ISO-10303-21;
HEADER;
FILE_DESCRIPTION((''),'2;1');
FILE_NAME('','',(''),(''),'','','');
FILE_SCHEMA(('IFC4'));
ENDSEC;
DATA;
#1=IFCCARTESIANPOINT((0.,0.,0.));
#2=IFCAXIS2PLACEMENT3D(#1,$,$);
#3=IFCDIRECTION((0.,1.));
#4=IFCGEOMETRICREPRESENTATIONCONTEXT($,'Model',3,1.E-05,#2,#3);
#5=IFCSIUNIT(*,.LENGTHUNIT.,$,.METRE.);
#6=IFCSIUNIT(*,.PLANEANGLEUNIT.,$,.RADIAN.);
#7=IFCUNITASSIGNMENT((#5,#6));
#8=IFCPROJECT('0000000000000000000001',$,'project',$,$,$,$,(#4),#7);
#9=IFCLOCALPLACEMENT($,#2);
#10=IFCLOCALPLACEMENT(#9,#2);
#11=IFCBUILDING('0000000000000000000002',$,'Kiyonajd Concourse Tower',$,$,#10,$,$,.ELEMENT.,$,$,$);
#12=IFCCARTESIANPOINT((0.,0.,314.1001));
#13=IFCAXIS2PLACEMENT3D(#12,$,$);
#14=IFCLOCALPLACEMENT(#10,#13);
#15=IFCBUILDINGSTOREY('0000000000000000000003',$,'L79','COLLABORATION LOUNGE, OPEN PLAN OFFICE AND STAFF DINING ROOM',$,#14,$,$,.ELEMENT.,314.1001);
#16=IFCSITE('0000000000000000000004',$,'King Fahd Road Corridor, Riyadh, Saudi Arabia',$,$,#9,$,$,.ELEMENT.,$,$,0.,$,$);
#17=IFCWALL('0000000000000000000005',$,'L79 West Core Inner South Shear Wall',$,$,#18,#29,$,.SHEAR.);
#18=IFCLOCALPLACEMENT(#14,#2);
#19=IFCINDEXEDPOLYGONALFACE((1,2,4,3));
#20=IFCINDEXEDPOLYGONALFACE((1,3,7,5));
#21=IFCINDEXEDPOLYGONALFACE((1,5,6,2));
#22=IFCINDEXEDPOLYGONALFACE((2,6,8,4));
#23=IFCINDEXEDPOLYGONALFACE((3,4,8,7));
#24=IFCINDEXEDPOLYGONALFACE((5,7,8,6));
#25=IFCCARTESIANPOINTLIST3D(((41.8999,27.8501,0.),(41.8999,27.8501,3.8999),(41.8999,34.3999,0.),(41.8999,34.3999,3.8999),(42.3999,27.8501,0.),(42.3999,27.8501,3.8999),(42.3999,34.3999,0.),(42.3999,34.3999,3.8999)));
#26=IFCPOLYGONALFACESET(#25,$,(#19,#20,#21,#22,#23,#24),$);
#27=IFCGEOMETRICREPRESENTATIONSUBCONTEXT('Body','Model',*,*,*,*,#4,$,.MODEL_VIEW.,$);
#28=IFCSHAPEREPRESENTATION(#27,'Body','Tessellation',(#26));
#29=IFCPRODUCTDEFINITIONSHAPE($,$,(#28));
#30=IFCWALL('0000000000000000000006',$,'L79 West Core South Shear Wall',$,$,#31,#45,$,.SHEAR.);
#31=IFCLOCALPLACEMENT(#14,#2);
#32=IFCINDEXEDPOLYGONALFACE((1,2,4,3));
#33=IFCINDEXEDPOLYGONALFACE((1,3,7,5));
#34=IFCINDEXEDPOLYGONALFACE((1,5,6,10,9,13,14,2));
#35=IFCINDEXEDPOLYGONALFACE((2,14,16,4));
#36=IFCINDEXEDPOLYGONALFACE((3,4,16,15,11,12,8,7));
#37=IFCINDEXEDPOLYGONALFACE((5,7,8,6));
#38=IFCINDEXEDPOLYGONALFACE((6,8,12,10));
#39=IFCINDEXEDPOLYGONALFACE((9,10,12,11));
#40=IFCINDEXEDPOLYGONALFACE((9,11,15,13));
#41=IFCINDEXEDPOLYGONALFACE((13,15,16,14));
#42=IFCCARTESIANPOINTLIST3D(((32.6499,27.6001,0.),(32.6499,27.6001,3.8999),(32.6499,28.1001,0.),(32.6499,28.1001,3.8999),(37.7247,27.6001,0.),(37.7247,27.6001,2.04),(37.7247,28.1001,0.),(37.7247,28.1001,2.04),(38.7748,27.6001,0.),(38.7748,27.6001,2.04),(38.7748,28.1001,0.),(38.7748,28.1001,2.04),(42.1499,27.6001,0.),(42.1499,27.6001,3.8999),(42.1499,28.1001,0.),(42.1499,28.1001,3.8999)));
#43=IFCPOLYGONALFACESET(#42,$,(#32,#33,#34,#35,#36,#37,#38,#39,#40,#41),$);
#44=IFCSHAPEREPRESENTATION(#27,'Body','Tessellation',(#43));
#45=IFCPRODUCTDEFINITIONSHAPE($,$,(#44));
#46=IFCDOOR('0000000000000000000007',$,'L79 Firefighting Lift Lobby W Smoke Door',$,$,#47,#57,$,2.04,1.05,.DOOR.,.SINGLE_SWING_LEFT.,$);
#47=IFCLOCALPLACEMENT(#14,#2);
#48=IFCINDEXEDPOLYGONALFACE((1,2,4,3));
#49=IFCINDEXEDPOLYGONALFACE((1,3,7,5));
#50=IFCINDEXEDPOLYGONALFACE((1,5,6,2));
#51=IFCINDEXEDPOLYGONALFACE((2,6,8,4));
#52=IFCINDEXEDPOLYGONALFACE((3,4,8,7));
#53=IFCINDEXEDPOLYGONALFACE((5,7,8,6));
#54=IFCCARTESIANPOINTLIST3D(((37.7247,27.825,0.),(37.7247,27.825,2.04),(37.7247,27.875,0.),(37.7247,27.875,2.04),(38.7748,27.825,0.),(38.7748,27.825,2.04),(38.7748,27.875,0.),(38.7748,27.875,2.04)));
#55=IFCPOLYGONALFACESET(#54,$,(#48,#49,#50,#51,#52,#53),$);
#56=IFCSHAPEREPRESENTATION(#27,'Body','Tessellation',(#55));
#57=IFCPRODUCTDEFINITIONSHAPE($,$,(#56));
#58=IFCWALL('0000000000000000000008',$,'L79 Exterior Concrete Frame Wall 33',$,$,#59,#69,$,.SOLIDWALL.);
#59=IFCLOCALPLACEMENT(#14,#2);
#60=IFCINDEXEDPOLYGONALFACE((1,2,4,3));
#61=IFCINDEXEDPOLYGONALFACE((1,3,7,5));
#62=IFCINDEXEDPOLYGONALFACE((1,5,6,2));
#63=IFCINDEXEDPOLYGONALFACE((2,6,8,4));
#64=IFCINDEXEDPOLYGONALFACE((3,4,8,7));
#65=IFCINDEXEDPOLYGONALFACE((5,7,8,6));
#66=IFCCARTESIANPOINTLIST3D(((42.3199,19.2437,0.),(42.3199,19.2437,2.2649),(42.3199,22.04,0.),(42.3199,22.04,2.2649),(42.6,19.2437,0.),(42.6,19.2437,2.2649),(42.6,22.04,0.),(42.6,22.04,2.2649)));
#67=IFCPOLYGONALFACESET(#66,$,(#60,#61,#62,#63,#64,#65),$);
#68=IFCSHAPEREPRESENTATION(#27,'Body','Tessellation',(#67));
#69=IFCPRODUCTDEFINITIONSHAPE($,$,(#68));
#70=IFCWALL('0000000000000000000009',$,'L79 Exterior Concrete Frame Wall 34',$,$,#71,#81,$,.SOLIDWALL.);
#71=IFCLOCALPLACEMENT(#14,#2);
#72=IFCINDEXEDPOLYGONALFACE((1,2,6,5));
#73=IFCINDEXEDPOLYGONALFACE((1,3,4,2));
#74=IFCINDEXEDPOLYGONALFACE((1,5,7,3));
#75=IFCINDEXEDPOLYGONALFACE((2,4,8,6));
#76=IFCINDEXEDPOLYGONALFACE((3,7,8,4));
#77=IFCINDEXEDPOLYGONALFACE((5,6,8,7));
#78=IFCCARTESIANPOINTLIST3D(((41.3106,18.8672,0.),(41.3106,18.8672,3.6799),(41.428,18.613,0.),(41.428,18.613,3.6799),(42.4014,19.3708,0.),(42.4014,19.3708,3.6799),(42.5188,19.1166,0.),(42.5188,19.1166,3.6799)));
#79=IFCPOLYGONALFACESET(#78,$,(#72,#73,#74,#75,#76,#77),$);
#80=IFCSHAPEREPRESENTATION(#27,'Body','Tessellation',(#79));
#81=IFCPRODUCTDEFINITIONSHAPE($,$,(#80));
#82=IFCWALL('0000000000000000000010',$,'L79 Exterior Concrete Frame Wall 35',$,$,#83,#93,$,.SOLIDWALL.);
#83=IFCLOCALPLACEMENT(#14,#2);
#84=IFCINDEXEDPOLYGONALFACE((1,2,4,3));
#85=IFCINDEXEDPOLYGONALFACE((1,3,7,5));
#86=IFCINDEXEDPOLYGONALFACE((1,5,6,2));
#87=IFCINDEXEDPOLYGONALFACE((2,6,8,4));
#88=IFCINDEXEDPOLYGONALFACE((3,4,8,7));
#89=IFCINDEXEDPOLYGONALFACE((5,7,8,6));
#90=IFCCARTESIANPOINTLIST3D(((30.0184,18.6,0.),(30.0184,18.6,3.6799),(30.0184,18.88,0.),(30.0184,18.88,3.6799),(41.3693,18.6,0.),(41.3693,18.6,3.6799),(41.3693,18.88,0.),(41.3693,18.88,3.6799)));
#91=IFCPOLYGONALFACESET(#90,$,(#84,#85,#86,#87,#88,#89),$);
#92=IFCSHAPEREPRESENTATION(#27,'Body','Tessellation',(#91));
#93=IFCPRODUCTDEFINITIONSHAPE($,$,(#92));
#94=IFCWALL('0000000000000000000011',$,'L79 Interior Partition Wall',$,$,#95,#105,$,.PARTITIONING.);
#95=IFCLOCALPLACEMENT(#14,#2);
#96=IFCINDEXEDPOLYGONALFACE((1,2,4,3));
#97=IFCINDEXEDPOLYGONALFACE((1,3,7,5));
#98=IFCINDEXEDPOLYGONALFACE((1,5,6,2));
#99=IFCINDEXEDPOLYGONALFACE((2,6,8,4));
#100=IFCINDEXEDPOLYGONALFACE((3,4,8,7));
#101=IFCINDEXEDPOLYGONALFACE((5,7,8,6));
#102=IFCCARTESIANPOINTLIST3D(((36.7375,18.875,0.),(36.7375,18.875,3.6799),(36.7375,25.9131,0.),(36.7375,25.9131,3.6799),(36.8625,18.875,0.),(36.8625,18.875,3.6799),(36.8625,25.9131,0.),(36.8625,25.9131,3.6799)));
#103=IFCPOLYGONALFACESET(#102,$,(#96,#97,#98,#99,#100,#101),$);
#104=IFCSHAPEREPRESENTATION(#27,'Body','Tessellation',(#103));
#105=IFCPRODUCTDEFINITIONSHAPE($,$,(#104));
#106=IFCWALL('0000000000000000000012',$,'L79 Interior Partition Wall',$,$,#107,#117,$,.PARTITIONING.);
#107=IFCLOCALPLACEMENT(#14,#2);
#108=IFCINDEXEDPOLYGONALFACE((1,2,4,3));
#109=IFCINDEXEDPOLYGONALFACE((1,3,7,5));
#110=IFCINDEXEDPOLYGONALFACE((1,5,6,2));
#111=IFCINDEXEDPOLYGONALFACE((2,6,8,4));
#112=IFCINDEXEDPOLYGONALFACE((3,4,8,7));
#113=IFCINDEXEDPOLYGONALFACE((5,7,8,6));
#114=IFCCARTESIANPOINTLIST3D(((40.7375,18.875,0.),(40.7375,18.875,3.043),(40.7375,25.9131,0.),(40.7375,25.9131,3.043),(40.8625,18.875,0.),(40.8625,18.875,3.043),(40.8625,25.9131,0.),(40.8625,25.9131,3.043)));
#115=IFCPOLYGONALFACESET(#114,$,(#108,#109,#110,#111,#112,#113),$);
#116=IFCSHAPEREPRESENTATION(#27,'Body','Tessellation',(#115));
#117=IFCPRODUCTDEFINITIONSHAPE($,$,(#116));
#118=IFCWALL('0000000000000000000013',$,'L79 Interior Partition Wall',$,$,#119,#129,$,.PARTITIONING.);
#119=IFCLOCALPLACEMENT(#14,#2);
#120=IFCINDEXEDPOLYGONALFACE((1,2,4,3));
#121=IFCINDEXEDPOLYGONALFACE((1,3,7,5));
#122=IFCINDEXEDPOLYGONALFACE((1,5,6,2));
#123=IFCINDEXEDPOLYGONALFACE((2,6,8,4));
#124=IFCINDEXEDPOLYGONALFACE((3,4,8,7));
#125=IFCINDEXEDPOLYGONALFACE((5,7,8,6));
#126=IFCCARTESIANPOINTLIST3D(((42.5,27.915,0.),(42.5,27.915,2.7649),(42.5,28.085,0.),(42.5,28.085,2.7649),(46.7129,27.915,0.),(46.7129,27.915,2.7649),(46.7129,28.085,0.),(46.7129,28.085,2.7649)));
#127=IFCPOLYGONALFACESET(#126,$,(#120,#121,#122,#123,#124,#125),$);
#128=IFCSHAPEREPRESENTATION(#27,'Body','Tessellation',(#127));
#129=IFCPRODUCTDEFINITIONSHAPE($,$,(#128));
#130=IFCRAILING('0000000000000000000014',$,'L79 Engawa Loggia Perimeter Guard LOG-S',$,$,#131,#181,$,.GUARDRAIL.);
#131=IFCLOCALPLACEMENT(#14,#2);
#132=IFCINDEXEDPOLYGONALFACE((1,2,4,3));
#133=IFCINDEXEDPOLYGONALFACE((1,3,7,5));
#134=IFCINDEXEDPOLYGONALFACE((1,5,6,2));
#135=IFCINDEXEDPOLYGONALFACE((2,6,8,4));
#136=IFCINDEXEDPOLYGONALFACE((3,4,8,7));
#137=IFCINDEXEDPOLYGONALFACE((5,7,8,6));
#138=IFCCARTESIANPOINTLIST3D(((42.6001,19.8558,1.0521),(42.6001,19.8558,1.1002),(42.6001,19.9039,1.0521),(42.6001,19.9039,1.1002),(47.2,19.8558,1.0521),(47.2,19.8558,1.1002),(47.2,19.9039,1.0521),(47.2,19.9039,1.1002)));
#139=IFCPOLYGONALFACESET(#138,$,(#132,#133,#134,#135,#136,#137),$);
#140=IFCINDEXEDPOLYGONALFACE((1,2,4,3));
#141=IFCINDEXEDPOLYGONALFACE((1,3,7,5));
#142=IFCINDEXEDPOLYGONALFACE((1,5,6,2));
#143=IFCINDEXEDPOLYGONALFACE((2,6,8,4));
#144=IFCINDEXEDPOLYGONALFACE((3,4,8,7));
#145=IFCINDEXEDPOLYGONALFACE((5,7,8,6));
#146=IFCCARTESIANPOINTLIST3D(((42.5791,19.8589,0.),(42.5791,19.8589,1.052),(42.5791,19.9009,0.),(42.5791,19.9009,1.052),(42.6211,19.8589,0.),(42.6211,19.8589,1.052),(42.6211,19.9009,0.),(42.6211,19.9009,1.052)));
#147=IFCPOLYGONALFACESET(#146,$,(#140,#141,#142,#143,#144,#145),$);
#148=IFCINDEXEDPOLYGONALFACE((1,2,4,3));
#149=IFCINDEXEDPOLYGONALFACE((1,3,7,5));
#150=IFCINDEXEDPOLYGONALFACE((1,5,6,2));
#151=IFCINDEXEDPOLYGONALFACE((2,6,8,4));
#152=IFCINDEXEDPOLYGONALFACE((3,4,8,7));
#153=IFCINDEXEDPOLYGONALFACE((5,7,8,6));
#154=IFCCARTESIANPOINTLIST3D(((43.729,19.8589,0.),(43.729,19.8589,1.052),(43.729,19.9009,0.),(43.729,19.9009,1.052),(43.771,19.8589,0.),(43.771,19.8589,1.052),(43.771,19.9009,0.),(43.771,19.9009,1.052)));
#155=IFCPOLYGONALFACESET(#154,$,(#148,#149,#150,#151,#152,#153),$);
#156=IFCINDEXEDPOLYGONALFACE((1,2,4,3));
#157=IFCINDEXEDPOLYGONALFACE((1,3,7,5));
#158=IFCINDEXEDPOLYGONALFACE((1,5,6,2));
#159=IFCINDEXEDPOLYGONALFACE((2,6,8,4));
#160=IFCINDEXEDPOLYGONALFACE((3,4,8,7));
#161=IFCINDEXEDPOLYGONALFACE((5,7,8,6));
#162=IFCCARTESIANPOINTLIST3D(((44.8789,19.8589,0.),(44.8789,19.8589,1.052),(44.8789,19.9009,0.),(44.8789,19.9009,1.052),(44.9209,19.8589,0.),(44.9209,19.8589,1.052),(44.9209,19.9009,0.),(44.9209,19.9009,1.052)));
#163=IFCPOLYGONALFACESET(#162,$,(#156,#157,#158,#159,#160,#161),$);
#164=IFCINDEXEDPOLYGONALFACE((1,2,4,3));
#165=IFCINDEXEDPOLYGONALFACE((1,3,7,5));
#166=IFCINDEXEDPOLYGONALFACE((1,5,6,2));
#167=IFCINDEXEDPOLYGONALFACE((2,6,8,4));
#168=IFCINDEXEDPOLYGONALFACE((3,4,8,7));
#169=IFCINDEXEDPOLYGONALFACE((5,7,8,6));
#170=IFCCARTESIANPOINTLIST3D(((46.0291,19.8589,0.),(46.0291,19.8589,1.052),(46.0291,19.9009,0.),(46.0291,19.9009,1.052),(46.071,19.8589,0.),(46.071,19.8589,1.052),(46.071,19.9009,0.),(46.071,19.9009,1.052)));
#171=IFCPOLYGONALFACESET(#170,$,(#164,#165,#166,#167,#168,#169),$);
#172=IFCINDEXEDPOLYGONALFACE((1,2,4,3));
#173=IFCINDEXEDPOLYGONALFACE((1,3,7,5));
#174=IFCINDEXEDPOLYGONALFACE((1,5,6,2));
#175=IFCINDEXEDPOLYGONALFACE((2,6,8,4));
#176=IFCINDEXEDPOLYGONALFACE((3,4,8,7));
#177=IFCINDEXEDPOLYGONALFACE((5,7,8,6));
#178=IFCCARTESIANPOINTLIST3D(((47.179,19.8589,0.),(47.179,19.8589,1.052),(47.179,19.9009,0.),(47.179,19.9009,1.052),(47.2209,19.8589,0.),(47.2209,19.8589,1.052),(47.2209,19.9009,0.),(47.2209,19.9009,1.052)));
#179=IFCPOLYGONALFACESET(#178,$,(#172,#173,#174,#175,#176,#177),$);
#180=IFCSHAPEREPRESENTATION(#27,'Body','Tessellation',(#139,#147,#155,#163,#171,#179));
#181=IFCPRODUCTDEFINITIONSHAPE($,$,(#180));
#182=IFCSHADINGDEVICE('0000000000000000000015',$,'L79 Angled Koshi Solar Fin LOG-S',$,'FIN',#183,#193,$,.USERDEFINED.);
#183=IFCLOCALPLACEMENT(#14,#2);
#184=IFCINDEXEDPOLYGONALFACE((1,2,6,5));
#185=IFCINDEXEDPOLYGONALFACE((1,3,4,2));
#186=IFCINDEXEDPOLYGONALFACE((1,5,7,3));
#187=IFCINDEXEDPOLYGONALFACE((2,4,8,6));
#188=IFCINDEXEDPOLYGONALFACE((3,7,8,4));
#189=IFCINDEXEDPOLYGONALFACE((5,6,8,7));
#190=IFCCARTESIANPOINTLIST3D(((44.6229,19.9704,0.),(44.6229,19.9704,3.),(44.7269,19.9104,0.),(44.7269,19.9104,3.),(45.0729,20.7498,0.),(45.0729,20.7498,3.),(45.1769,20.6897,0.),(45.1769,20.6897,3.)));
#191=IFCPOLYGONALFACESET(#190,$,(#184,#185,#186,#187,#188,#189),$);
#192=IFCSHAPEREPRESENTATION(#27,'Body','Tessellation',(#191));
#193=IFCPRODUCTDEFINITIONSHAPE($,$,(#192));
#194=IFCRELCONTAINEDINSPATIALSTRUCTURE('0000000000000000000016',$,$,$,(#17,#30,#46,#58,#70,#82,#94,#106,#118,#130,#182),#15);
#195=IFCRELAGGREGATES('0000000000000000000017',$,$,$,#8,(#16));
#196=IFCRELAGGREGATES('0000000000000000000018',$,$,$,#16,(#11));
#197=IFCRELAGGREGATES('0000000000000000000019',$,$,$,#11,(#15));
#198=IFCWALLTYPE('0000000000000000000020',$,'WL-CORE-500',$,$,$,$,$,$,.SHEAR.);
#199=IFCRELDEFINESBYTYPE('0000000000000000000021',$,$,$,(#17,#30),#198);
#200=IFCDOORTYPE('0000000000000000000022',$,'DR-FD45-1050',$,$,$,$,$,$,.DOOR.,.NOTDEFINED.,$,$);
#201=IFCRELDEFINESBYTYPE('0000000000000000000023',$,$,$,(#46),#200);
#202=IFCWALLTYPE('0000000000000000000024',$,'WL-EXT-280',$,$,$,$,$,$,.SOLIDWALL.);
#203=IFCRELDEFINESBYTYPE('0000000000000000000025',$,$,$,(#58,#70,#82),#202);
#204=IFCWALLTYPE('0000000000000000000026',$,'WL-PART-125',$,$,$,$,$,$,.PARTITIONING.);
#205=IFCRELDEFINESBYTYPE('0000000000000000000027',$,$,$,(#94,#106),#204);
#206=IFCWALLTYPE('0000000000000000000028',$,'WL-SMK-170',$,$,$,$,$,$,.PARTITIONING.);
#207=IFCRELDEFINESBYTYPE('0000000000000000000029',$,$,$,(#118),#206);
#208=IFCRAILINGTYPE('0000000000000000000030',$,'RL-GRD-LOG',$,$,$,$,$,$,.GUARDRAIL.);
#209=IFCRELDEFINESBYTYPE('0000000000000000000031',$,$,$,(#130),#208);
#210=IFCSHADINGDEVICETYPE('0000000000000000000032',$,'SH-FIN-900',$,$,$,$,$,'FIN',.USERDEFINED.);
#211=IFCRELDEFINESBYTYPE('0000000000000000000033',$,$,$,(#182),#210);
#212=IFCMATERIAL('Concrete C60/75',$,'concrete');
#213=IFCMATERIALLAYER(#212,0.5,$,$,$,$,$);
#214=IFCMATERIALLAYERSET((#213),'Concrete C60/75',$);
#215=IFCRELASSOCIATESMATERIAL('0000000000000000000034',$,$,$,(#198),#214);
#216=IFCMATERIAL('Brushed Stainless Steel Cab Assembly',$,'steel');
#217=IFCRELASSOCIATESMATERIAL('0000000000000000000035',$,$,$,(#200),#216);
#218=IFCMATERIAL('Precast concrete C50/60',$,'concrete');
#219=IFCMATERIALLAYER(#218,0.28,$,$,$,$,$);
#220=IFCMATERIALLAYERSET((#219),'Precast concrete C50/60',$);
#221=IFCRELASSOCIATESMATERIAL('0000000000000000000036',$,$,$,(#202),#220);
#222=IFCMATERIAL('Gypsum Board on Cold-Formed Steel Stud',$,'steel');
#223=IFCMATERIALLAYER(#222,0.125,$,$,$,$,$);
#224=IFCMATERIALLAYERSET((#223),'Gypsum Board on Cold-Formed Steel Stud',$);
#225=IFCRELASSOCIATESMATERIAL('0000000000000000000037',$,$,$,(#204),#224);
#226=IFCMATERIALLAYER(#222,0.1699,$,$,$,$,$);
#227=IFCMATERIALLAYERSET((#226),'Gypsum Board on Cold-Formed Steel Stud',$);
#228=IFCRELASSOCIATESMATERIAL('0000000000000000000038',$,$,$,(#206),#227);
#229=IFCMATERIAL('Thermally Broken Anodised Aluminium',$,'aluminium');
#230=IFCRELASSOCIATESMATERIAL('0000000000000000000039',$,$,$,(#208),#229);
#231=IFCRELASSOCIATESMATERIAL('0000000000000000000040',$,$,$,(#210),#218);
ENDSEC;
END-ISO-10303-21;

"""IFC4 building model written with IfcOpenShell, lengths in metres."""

from ifc_helpers import new_model, si_unit, direction, frame, frame_2d, origin, origin_2d, place, context, subcontext, project, spatial, rectangle, extrude, material, layer, layer_set, type_object, element, fill, save


model = new_model("IFC4")

# Units and contexts
model_context = context("Model", 3, precision=1e-05, world=origin(), true_north=direction((0.0, 1.0)))
body_context = subcontext(model_context, "Body", "Model", "MODEL_VIEW")
ifc_project = project(units=[si_unit("LENGTHUNIT", "METRE"), si_unit("PLANEANGLEUNIT", "RADIAN")], contexts=[model_context])

# Site, building, storey
site_placement = place(None, origin())
site = spatial("IfcSite", under=ifc_project, at=site_placement, Name="King Fahd Road Corridor, Riyadh, Saudi Arabia", CompositionType="ELEMENT", RefElevation=0.0)
building_placement = place(site_placement, origin())
building = spatial("IfcBuilding", under=site, at=building_placement, Name="Kiyonajd Concourse Tower", CompositionType="ELEMENT")
storey_placement = place(building_placement, frame((0.0, 0.0, 314.1001)))
storey = spatial("IfcBuildingStorey", under=building, at=storey_placement, Name="L79", Description="COLLABORATION LOUNGE, OPEN PLAN OFFICE AND STAFF DINING ROOM", CompositionType="ELEMENT", Elevation=314.1001)

# Shared definitions
ifc_material_1 = material(Name="Concrete C60/75", Category="concrete")

# Shared definitions
ifc_material_2 = material(Name="Thermally Broken Anodised Aluminium", Category="aluminium")

# Wall
ifc_layer_1 = layer(ifc_material_1, 0.5)
ifc_layer_set_1 = layer_set([ifc_layer_1], Name="Concrete C60/75")
wall_type_1 = type_object("IfcWallType", Name="WL-CORE-500", PredefinedType="SHEAR", material=ifc_layer_set_1)
wall_1_placement = place(storey_placement, frame((42.1499, 27.8501, 0.0), z_axis=(0.0, 0.0, 1.0), x_axis=(0.0, 1.0, 0.0)))
element("IfcWall", 1, at=wall_1_placement, inside=storey, type_object=wall_type_1, Name="L79 West Core Inner South Shear Wall", PredefinedType="SHEAR", context=body_context, shape_type="SweptSolid", body=[
    extrude(rectangle(XDim=6.5498, YDim=0.5, at=frame_2d((3.2749, 0.0))), origin(), (0.0, 0.0, 1.0), 3.8999),
])

# Wall, opening, door
wall_2_placement = place(storey_placement, frame((32.6499, 27.8501, 0.0), z_axis=(0.0, 0.0, 1.0), x_axis=(1.0, 0.0, 0.0)))
wall_2 = element("IfcWall", 2, at=wall_2_placement, inside=storey, type_object=wall_type_1, Name="L79 West Core South Shear Wall", PredefinedType="SHEAR", context=body_context, shape_type="SweptSolid", body=[
    extrude(rectangle(XDim=9.5, YDim=0.5, at=frame_2d((4.75, 0.0))), origin(), (0.0, 0.0, 1.0), 3.8999),
])
opening_placement = place(wall_2_placement, frame((5.075, 0.0, 0.0)))
opening = element("IfcOpeningElement", 3, at=opening_placement, cuts=wall_2, PredefinedType="OPENING", context=body_context, shape_type="SweptSolid", body=[
    extrude(rectangle(XDim=1.05, YDim=2.04, at=frame_2d((0.5249, 1.02))), frame((0.0, 0.26, 0.0), z_axis=(0.0, -1.0, 0.0), x_axis=(1.0, 0.0, 0.0)), (0.0, 0.0, 1.0), 0.52),
])
ifc_material_3 = material(Name="Brushed Stainless Steel Cab Assembly", Category="steel")
door_type = type_object("IfcDoorType", Name="DR-FD45-1050", OperationType="NOTDEFINED", PredefinedType="DOOR", material=ifc_material_3)
door_placement = place(opening_placement, origin())
door = element("IfcDoor", 4, at=door_placement, inside=storey, type_object=door_type, Name="L79 Firefighting Lift Lobby W Smoke Door", OperationType="SINGLE_SWING_LEFT", OverallHeight=2.04, OverallWidth=1.05, PredefinedType="DOOR", context=body_context, shape_type="SweptSolid", body=[
    extrude(rectangle(XDim=1.05, YDim=2.04, at=frame_2d((0.5249, 1.02))), frame((0.0, 0.0249, 0.0), z_axis=(0.0, -1.0, 0.0), x_axis=(1.0, 0.0, 0.0)), (0.0, 0.0, 1.0), 0.05),
])
fill(opening, door)

# Walls
ifc_material_4 = material(Name="Precast concrete C50/60", Category="concrete")
ifc_layer_2 = layer(ifc_material_4, 0.28)
ifc_layer_set_2 = layer_set([ifc_layer_2], Name="Precast concrete C50/60")
wall_type_2 = type_object("IfcWallType", Name="WL-EXT-280", PredefinedType="SOLIDWALL", material=ifc_layer_set_2)
wall_3_placement = place(storey_placement, frame((42.46, 22.04, 0.0), z_axis=(0.0, 0.0, 1.0), x_axis=(0.0, -1.0, 0.0)))
element("IfcWall", 5, at=wall_3_placement, inside=storey, type_object=wall_type_2, Name="L79 Exterior Concrete Frame Wall 33", PredefinedType="SOLIDWALL", context=body_context, shape_type="SweptSolid", body=[
    extrude(rectangle(XDim=2.7964, YDim=0.28, at=frame_2d((1.3982, 0.0))), origin(), (0.0, 0.0, 1.0), 2.2649),
])
wall_4_placement = place(storey_placement, frame((42.46, 19.2437, 0.0), z_axis=(0.0, 0.0, 1.0), x_axis=(-0.907894, -0.4192, 0.0)))
element("IfcWall", 6, at=wall_4_placement, inside=storey, type_object=wall_type_2, Name="L79 Exterior Concrete Frame Wall 34", PredefinedType="SOLIDWALL", context=body_context, shape_type="SweptSolid", body=[
    extrude(rectangle(XDim=1.2014, YDim=0.28, at=frame_2d((0.6006, 0.0))), origin(), (0.0, 0.0, 1.0), 3.6799),
])
wall_5_placement = place(storey_placement, frame((41.3691, 18.74, 0.0), z_axis=(0.0, 0.0, 1.0), x_axis=(-1.0, 0.0, 0.0)))
element("IfcWall", 7, at=wall_5_placement, inside=storey, type_object=wall_type_2, Name="L79 Exterior Concrete Frame Wall 35", PredefinedType="SOLIDWALL", context=body_context, shape_type="SweptSolid", body=[
    extrude(rectangle(XDim=11.3508, YDim=0.28, at=frame_2d((5.6753, 0.0))), origin(), (0.0, 0.0, 1.0), 3.6799),
])
ifc_material_5 = material(Name="Gypsum Board on Cold-Formed Steel Stud", Category="steel")
ifc_layer_3 = layer(ifc_material_5, 0.125)
ifc_layer_set_3 = layer_set([ifc_layer_3], Name="Gypsum Board on Cold-Formed Steel Stud")
wall_type_3 = type_object("IfcWallType", Name="WL-PART-125", PredefinedType="PARTITIONING", material=ifc_layer_set_3)
wall_6_placement = place(storey_placement, frame((36.8, 18.875, 0.0), z_axis=(0.0, 0.0, 1.0), x_axis=(0.0, 1.0, 0.0)))
element("IfcWall", 8, at=wall_6_placement, inside=storey, type_object=wall_type_3, Name="L79 Interior Partition Wall", PredefinedType="PARTITIONING", context=body_context, shape_type="SweptSolid", body=[
    extrude(rectangle(XDim=7.0381, YDim=0.125, at=frame_2d((3.519, 0.0))), origin(), (0.0, 0.0, 1.0), 3.6799),
])
wall_7_placement = place(storey_placement, frame((40.8, 18.875, 0.0), z_axis=(0.0, 0.0, 1.0), x_axis=(0.0, 1.0, 0.0)))
element("IfcWall", 9, at=wall_7_placement, inside=storey, type_object=wall_type_3, Name="L79 Interior Partition Wall", PredefinedType="PARTITIONING", context=body_context, shape_type="SweptSolid", body=[
    extrude(rectangle(XDim=7.0381, YDim=0.125, at=frame_2d((3.519, 0.0))), origin(), (0.0, 0.0, 1.0), 3.043),
])
ifc_layer_4 = layer(ifc_material_5, 0.1699)
ifc_layer_set_4 = layer_set([ifc_layer_4], Name="Gypsum Board on Cold-Formed Steel Stud")
wall_type_4 = type_object("IfcWallType", Name="WL-SMK-170", PredefinedType="PARTITIONING", material=ifc_layer_set_4)
wall_8_placement = place(storey_placement, frame((42.5, 28.0, 0.0), z_axis=(0.0, 0.0, 1.0), x_axis=(1.0, 0.0, 0.0)))
element("IfcWall", 10, at=wall_8_placement, inside=storey, type_object=wall_type_4, Name="L79 Interior Partition Wall", PredefinedType="PARTITIONING", context=body_context, shape_type="SweptSolid", body=[
    extrude(rectangle(XDim=4.2129, YDim=0.1699, at=frame_2d((2.1064, 0.0))), origin(), (0.0, 0.0, 1.0), 2.7649),
])

# Railing
railing_type = type_object("IfcRailingType", Name="RL-GRD-LOG", PredefinedType="GUARDRAIL", material=ifc_material_2)
railing_placement = place(storey_placement, frame((42.6001, 19.8799, 0.0)))
element("IfcRailing", 11, at=railing_placement, inside=storey, type_object=railing_type, Name="L79 Engawa Loggia Perimeter Guard LOG-S", PredefinedType="GUARDRAIL", context=body_context, shape_type="SweptSolid", body=[
    extrude(rectangle(XDim=0.0481, YDim=0.0481, at=origin_2d()), frame((0.0, 0.0, 1.0762), z_axis=(1.0, 0.0, 0.0), x_axis=(0.0, 1.0, 0.0)), (0.0, 0.0, 1.0), 4.5999),
    extrude(rectangle(XDim=0.042, YDim=0.042, at=origin_2d()), origin(), (0.0, 0.0, 1.0), 1.052),
    extrude(rectangle(XDim=0.042, YDim=0.042, at=origin_2d()), frame((1.1499, 0.0, 0.0)), (0.0, 0.0, 1.0), 1.052),
    extrude(rectangle(XDim=0.042, YDim=0.042, at=origin_2d()), frame((2.2998, 0.0, 0.0)), (0.0, 0.0, 1.0), 1.052),
    extrude(rectangle(XDim=0.042, YDim=0.042, at=origin_2d()), frame((3.45, 0.0, 0.0)), (0.0, 0.0, 1.0), 1.052),
    extrude(rectangle(XDim=0.042, YDim=0.042, at=origin_2d()), frame((4.5999, 0.0, 0.0)), (0.0, 0.0, 1.0), 1.052),
])

# Shading device
shading_device_type_1 = type_object("IfcShadingDeviceType", Name="SH-FIN-900", ElementType="FIN", PredefinedType="USERDEFINED", material=ifc_material_4)
shading_device_1_placement = place(storey_placement, frame((44.8999, 20.3301, 0.0), z_axis=(0.0, 0.0, 1.0), x_axis=(0.5, 0.866025, 0.0)))
element("IfcShadingDevice", 12, at=shading_device_1_placement, inside=storey, type_object=shading_device_type_1, Name="L79 Angled Koshi Solar Fin LOG-S", ObjectType="FIN", PredefinedType="USERDEFINED", context=body_context, shape_type="SweptSolid", body=[
    extrude(rectangle(XDim=0.8999, YDim=0.1201, at=origin_2d()), origin(), (0.0, 0.0, 1.0), 3.0),
])

save(model, "model.ifc")
